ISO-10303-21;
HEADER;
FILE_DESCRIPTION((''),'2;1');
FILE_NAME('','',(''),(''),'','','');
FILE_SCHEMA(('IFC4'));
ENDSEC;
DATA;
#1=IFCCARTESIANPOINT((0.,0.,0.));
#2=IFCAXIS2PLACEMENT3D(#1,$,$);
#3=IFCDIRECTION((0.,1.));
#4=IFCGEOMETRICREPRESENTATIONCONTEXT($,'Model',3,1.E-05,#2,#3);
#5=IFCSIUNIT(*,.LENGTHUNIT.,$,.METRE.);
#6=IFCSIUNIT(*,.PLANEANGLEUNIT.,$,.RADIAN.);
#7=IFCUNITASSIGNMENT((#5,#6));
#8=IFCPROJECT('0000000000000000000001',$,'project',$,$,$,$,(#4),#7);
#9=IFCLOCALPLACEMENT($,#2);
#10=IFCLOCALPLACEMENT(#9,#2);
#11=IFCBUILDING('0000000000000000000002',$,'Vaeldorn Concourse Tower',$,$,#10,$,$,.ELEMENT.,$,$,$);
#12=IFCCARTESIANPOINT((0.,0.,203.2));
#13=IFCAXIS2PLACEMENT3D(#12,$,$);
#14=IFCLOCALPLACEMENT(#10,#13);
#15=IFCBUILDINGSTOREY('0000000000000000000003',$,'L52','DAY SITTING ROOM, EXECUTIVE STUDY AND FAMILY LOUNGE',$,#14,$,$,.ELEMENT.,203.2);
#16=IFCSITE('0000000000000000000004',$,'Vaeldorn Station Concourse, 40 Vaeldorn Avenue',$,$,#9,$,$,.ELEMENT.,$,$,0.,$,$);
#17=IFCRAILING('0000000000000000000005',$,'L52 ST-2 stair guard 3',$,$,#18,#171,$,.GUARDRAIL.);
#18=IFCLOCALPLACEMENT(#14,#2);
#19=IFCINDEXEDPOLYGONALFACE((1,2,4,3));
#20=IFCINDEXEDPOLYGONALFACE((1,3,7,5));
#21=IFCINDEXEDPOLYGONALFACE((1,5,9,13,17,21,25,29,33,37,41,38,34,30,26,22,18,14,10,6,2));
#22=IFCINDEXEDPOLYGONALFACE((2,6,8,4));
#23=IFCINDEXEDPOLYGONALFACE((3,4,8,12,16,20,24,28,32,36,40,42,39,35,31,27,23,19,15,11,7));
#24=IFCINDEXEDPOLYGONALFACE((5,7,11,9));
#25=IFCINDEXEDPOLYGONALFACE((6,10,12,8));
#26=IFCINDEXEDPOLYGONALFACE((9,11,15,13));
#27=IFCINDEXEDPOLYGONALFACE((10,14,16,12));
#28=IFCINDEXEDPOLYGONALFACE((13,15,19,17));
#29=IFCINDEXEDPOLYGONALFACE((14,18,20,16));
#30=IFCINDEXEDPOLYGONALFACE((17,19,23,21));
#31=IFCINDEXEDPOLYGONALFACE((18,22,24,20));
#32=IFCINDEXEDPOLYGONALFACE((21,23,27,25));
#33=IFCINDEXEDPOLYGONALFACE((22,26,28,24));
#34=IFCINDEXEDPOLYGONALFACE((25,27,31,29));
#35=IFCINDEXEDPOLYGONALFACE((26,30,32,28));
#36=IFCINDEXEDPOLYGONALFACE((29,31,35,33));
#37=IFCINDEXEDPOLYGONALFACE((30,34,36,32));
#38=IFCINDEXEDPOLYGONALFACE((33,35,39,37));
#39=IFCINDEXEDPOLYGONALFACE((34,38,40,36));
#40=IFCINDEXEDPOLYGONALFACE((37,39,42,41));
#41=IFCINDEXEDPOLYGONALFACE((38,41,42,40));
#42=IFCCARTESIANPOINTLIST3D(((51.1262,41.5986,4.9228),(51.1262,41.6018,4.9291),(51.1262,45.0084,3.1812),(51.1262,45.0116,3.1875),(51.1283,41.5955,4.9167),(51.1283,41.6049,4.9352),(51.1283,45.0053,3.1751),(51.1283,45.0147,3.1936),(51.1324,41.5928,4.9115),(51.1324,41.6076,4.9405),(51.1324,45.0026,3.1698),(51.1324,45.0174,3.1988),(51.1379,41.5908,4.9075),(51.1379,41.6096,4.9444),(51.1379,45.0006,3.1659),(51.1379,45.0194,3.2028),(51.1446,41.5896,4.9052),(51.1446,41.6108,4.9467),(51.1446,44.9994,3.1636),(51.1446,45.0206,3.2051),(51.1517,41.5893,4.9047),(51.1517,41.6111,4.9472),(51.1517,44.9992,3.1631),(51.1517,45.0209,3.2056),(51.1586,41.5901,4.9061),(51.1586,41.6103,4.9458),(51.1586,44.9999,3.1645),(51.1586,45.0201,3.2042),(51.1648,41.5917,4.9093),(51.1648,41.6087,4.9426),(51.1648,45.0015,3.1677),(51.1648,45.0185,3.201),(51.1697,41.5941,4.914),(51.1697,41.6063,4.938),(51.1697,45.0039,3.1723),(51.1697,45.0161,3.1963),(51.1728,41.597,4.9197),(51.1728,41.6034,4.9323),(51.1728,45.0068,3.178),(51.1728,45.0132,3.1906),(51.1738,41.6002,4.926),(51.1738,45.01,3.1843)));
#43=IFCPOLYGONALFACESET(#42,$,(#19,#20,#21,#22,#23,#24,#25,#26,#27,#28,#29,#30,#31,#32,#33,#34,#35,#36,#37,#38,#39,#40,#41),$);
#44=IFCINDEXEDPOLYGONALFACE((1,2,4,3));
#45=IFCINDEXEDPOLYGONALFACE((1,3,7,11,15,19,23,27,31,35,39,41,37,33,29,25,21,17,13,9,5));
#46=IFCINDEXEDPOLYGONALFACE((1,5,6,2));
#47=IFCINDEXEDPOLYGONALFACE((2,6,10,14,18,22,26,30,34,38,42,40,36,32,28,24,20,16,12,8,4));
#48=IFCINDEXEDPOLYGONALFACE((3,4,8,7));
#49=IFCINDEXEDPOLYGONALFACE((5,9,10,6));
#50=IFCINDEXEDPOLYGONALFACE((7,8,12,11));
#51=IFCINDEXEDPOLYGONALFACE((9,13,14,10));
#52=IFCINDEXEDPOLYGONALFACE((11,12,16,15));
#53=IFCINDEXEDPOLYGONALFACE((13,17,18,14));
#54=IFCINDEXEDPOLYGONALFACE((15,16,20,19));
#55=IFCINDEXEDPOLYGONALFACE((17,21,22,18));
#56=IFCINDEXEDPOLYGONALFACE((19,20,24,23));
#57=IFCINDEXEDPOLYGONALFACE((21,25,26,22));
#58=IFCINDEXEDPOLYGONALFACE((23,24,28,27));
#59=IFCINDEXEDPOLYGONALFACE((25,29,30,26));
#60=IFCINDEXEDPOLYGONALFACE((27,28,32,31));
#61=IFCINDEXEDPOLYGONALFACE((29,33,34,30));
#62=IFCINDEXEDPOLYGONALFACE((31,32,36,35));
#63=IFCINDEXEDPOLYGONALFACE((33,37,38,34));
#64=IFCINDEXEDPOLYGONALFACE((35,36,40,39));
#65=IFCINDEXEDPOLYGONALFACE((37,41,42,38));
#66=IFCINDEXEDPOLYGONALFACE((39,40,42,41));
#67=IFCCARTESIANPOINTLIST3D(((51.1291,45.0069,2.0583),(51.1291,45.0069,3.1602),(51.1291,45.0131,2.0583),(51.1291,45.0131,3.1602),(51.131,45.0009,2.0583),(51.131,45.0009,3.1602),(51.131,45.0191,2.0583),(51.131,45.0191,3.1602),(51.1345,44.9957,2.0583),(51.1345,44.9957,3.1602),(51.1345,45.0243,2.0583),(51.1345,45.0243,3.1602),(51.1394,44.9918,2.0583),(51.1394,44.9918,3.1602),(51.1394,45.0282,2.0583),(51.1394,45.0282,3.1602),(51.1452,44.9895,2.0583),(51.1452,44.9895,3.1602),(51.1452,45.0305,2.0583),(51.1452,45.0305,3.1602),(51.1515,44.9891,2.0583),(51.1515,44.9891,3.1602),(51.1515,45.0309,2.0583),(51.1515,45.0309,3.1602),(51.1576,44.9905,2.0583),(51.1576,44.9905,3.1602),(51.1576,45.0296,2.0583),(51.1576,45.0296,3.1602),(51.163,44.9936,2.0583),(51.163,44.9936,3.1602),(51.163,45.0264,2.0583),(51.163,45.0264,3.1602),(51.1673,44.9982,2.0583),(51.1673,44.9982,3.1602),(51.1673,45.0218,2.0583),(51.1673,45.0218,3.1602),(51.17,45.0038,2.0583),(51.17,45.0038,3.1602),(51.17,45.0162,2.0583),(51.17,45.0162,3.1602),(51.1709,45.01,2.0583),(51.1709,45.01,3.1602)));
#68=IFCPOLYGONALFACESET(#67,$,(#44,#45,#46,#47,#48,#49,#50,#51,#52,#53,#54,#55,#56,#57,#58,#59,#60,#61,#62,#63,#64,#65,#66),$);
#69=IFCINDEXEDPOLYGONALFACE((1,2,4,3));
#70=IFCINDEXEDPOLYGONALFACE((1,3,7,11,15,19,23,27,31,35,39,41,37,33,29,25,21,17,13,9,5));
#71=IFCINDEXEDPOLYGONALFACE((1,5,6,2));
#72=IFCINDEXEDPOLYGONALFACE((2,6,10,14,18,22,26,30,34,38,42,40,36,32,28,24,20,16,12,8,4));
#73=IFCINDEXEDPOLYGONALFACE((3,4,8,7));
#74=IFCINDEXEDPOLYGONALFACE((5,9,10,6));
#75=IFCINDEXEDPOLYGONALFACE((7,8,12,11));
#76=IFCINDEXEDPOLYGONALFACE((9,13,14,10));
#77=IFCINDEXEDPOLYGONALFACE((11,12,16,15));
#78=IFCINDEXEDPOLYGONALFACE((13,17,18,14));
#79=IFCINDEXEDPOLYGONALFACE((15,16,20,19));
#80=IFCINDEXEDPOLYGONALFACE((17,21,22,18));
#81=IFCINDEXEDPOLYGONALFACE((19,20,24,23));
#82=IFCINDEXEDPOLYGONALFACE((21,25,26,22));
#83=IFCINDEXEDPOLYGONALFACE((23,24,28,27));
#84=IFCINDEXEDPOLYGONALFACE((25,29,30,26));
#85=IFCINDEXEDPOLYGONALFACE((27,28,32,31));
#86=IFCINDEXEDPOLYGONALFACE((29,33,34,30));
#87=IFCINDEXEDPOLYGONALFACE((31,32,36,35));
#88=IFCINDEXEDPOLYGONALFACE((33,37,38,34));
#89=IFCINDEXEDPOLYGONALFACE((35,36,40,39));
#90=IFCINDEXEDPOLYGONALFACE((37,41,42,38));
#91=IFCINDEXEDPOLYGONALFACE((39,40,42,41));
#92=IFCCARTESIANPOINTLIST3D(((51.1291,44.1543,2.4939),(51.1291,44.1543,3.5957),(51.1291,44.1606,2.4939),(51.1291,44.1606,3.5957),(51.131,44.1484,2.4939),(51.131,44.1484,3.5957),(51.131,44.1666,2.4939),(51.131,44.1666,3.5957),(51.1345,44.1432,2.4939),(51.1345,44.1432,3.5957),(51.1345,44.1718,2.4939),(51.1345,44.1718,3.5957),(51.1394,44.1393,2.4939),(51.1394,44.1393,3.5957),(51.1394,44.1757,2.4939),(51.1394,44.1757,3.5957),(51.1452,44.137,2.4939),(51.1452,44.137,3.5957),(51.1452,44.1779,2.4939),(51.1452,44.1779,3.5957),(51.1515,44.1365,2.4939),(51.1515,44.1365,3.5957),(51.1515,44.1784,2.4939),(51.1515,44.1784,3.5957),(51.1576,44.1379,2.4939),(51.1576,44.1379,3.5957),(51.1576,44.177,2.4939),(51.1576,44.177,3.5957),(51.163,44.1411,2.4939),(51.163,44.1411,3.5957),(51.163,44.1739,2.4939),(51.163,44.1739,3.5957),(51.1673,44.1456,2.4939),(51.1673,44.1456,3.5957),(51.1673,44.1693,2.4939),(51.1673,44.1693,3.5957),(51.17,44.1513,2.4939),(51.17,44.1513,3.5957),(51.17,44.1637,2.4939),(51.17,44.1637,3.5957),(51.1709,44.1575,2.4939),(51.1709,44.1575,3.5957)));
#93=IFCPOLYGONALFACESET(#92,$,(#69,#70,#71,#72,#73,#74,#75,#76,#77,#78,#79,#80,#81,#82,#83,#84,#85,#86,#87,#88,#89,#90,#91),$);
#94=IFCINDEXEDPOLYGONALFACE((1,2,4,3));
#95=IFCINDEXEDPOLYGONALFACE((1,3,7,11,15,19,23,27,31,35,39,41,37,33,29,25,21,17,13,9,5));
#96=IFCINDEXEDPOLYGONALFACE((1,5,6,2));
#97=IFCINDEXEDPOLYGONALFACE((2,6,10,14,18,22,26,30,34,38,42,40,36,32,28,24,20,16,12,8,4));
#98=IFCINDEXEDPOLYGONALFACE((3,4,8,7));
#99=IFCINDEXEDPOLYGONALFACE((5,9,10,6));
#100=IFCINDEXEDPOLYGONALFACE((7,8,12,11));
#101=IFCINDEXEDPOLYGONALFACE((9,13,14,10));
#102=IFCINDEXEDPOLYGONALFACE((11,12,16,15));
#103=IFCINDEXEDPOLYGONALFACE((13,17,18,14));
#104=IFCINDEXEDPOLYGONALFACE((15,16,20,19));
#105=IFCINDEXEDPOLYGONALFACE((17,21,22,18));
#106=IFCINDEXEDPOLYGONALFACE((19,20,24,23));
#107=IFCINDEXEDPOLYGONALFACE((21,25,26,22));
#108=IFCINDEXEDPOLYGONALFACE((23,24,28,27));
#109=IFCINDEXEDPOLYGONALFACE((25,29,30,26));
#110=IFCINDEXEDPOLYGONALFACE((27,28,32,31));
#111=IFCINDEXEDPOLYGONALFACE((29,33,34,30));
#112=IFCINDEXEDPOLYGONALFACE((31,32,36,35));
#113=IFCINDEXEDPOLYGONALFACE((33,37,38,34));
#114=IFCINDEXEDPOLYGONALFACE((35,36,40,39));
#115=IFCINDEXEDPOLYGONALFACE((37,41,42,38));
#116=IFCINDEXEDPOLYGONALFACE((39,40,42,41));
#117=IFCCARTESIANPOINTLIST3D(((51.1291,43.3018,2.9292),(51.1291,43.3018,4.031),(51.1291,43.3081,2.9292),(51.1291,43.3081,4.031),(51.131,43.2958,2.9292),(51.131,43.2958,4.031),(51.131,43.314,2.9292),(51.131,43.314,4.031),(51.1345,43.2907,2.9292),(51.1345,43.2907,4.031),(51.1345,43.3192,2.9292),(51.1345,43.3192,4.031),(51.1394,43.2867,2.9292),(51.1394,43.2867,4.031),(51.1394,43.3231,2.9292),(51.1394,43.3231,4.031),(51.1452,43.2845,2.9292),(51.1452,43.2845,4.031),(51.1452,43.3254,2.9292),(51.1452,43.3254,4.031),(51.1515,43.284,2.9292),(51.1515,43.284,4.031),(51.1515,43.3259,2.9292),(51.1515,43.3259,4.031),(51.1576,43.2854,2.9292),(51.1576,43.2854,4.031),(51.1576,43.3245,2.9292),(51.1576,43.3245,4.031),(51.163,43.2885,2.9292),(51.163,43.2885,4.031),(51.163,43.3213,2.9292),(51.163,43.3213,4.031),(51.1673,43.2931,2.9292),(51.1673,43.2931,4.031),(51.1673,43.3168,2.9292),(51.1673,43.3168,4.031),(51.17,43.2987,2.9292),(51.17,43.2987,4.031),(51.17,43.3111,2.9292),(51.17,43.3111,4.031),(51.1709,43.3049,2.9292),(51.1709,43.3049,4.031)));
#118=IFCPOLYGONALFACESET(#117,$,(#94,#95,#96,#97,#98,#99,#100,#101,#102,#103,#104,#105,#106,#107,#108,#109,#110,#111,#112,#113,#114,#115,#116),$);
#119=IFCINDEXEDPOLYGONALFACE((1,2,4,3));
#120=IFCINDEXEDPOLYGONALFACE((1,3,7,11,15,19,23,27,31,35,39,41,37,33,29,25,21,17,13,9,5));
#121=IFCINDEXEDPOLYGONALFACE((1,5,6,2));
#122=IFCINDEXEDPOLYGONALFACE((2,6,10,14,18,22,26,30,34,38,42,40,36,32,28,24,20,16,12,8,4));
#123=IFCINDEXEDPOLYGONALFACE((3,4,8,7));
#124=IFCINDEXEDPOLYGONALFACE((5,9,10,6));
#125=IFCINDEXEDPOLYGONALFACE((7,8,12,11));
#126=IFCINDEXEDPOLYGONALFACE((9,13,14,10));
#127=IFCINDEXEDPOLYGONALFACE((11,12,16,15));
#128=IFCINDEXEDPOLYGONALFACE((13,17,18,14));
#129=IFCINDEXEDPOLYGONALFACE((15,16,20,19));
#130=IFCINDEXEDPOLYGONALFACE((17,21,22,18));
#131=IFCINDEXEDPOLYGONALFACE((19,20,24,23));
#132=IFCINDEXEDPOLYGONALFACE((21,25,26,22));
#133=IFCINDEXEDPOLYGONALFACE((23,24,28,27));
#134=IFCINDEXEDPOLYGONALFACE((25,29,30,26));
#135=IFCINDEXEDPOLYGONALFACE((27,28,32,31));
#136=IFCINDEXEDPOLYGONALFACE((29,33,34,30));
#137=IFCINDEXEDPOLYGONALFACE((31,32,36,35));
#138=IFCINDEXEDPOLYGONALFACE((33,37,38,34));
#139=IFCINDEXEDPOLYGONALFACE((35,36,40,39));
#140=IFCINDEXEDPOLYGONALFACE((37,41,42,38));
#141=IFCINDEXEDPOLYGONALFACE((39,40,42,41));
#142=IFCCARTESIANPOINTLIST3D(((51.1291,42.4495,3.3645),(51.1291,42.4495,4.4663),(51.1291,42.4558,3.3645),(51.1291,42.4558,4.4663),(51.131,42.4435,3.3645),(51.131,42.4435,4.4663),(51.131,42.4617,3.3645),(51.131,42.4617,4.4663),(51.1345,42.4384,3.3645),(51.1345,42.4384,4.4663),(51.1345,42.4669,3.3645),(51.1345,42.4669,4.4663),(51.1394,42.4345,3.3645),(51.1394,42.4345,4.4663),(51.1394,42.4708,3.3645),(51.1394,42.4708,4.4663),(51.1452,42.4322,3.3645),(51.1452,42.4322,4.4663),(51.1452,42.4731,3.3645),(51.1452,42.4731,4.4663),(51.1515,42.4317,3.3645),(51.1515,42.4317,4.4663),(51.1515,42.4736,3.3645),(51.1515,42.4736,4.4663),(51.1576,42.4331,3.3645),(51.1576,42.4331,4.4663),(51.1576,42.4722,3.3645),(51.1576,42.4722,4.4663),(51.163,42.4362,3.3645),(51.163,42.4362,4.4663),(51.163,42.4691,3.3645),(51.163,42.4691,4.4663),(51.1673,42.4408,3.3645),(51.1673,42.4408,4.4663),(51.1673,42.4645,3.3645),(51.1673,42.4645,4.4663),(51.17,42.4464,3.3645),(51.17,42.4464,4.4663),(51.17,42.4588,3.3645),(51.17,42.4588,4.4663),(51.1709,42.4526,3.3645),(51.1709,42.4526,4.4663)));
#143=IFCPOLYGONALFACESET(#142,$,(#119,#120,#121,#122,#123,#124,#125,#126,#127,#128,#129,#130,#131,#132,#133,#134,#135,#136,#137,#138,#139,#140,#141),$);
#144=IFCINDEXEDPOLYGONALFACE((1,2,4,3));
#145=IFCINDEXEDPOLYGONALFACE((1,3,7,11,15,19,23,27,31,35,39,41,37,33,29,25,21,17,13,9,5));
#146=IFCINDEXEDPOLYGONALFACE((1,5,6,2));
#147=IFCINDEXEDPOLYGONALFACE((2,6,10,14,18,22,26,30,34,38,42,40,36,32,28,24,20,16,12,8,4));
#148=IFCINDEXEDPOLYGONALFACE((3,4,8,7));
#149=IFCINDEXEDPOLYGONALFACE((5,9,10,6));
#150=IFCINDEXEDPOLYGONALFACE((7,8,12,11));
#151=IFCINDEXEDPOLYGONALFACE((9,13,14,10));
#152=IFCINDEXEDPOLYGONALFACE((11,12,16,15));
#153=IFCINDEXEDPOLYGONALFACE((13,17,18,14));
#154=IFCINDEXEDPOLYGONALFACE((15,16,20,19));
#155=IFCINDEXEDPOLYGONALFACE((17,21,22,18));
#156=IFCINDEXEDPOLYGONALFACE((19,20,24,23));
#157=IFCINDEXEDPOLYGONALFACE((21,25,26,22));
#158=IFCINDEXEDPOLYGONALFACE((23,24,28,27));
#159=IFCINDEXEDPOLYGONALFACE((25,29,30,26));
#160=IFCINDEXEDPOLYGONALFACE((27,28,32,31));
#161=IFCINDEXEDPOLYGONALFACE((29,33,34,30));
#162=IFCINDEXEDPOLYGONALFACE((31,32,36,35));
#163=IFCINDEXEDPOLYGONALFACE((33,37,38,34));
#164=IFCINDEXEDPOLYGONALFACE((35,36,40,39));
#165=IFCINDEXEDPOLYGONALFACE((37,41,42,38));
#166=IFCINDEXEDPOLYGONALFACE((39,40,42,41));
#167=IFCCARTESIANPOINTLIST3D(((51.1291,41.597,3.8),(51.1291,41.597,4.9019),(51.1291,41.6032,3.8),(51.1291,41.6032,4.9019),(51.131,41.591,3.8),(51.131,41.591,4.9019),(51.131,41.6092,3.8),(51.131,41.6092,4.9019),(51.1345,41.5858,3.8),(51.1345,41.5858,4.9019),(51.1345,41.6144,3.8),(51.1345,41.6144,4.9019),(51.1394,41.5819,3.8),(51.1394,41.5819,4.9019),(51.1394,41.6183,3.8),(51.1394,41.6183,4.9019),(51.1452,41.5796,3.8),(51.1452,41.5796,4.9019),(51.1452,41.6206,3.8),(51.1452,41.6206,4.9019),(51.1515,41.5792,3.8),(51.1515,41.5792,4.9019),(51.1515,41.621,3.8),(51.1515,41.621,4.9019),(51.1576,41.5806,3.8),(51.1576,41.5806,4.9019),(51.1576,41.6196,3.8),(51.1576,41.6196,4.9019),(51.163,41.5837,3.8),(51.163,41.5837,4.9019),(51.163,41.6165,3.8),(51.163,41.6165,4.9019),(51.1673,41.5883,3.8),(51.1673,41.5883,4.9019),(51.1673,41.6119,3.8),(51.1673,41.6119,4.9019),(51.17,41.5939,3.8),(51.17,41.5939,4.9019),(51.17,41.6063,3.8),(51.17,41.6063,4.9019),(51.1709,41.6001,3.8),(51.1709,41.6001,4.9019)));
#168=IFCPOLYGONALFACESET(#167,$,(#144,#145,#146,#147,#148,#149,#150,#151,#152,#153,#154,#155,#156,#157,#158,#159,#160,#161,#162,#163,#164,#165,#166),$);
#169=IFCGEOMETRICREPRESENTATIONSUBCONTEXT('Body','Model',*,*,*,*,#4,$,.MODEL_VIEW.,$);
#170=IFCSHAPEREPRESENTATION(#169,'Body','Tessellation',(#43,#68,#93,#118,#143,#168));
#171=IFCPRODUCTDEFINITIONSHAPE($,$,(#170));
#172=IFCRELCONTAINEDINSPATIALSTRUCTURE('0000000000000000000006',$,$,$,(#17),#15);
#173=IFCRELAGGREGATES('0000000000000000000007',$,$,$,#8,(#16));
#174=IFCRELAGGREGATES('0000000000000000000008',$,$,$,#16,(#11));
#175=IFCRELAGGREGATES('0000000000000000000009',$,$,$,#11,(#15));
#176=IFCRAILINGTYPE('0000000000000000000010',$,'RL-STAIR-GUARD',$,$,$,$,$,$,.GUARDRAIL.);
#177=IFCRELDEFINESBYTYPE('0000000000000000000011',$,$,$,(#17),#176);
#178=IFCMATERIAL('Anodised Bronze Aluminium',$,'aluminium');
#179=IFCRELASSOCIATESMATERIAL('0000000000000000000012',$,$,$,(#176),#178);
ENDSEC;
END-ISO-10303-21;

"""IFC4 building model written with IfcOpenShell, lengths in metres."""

from ifc_helpers import new_model, si_unit, direction, frame, origin, origin_2d, place, context, subcontext, project, spatial, circle, extrude, material, type_object, element, save


model = new_model("IFC4")

# Units and contexts
model_context = context("Model", 3, precision=1e-05, world=origin(), true_north=direction((0.0, 1.0)))
body_context = subcontext(model_context, "Body", "Model", "MODEL_VIEW")
ifc_project = project(units=[si_unit("LENGTHUNIT", "METRE"), si_unit("PLANEANGLEUNIT", "RADIAN")], contexts=[model_context])

# Site, building, storey
site_placement = place(None, origin())
site = spatial("IfcSite", under=ifc_project, at=site_placement, Name="Vaeldorn Station Concourse, 40 Vaeldorn Avenue", CompositionType="ELEMENT", RefElevation=0.0)
building_placement = place(site_placement, origin())
building = spatial("IfcBuilding", under=site, at=building_placement, Name="Vaeldorn Concourse Tower", CompositionType="ELEMENT")
storey_placement = place(building_placement, frame((0.0, 0.0, 203.2)))
storey = spatial("IfcBuildingStorey", under=building, at=storey_placement, Name="L52", Description="DAY SITTING ROOM, EXECUTIVE STUDY AND FAMILY LOUNGE", CompositionType="ELEMENT", Elevation=203.2)

# Shared definitions
ifc_material_1 = material(Name="Anodised Bronze Aluminium", Category="aluminium")

# Railing
railing_type_1 = type_object("IfcRailingType", Name="RL-STAIR-GUARD", PredefinedType="GUARDRAIL", material=ifc_material_1)
railing_1_placement = place(storey_placement, frame((51.1499, 45.01, 2.0583)))
element("IfcRailing", 1, at=railing_1_placement, inside=storey, type_object=railing_type_1, Name="L52 ST-2 stair guard 3", PredefinedType="GUARDRAIL", context=body_context, shape_type="SweptSolid", body=[
    extrude(circle(Radius=0.0239, at=origin_2d()), frame((0.0, 0.0, 1.126), z_axis=(0.0, -0.890556, 0.454874), x_axis=(1.0, 0.0, 0.0)), (0.0, 0.0, 1.0), 3.8289),
    extrude(circle(Radius=0.021, at=origin_2d()), origin(), (0.0, 0.0, 1.0), 1.1018),
    extrude(circle(Radius=0.021, at=origin_2d()), frame((0.0, -0.8525, 0.4355)), (0.0, 0.0, 1.0), 1.1018),
    extrude(circle(Radius=0.021, at=origin_2d()), frame((0.0, -1.7051, 0.8708)), (0.0, 0.0, 1.0), 1.1018),
    extrude(circle(Radius=0.021, at=origin_2d()), frame((0.0, -2.5574, 1.3062)), (0.0, 0.0, 1.0), 1.1018),
    extrude(circle(Radius=0.021, at=origin_2d()), frame((0.0, -3.4099, 1.7417)), (0.0, 0.0, 1.0), 1.1018),
])

save(model, "model.ifc")
